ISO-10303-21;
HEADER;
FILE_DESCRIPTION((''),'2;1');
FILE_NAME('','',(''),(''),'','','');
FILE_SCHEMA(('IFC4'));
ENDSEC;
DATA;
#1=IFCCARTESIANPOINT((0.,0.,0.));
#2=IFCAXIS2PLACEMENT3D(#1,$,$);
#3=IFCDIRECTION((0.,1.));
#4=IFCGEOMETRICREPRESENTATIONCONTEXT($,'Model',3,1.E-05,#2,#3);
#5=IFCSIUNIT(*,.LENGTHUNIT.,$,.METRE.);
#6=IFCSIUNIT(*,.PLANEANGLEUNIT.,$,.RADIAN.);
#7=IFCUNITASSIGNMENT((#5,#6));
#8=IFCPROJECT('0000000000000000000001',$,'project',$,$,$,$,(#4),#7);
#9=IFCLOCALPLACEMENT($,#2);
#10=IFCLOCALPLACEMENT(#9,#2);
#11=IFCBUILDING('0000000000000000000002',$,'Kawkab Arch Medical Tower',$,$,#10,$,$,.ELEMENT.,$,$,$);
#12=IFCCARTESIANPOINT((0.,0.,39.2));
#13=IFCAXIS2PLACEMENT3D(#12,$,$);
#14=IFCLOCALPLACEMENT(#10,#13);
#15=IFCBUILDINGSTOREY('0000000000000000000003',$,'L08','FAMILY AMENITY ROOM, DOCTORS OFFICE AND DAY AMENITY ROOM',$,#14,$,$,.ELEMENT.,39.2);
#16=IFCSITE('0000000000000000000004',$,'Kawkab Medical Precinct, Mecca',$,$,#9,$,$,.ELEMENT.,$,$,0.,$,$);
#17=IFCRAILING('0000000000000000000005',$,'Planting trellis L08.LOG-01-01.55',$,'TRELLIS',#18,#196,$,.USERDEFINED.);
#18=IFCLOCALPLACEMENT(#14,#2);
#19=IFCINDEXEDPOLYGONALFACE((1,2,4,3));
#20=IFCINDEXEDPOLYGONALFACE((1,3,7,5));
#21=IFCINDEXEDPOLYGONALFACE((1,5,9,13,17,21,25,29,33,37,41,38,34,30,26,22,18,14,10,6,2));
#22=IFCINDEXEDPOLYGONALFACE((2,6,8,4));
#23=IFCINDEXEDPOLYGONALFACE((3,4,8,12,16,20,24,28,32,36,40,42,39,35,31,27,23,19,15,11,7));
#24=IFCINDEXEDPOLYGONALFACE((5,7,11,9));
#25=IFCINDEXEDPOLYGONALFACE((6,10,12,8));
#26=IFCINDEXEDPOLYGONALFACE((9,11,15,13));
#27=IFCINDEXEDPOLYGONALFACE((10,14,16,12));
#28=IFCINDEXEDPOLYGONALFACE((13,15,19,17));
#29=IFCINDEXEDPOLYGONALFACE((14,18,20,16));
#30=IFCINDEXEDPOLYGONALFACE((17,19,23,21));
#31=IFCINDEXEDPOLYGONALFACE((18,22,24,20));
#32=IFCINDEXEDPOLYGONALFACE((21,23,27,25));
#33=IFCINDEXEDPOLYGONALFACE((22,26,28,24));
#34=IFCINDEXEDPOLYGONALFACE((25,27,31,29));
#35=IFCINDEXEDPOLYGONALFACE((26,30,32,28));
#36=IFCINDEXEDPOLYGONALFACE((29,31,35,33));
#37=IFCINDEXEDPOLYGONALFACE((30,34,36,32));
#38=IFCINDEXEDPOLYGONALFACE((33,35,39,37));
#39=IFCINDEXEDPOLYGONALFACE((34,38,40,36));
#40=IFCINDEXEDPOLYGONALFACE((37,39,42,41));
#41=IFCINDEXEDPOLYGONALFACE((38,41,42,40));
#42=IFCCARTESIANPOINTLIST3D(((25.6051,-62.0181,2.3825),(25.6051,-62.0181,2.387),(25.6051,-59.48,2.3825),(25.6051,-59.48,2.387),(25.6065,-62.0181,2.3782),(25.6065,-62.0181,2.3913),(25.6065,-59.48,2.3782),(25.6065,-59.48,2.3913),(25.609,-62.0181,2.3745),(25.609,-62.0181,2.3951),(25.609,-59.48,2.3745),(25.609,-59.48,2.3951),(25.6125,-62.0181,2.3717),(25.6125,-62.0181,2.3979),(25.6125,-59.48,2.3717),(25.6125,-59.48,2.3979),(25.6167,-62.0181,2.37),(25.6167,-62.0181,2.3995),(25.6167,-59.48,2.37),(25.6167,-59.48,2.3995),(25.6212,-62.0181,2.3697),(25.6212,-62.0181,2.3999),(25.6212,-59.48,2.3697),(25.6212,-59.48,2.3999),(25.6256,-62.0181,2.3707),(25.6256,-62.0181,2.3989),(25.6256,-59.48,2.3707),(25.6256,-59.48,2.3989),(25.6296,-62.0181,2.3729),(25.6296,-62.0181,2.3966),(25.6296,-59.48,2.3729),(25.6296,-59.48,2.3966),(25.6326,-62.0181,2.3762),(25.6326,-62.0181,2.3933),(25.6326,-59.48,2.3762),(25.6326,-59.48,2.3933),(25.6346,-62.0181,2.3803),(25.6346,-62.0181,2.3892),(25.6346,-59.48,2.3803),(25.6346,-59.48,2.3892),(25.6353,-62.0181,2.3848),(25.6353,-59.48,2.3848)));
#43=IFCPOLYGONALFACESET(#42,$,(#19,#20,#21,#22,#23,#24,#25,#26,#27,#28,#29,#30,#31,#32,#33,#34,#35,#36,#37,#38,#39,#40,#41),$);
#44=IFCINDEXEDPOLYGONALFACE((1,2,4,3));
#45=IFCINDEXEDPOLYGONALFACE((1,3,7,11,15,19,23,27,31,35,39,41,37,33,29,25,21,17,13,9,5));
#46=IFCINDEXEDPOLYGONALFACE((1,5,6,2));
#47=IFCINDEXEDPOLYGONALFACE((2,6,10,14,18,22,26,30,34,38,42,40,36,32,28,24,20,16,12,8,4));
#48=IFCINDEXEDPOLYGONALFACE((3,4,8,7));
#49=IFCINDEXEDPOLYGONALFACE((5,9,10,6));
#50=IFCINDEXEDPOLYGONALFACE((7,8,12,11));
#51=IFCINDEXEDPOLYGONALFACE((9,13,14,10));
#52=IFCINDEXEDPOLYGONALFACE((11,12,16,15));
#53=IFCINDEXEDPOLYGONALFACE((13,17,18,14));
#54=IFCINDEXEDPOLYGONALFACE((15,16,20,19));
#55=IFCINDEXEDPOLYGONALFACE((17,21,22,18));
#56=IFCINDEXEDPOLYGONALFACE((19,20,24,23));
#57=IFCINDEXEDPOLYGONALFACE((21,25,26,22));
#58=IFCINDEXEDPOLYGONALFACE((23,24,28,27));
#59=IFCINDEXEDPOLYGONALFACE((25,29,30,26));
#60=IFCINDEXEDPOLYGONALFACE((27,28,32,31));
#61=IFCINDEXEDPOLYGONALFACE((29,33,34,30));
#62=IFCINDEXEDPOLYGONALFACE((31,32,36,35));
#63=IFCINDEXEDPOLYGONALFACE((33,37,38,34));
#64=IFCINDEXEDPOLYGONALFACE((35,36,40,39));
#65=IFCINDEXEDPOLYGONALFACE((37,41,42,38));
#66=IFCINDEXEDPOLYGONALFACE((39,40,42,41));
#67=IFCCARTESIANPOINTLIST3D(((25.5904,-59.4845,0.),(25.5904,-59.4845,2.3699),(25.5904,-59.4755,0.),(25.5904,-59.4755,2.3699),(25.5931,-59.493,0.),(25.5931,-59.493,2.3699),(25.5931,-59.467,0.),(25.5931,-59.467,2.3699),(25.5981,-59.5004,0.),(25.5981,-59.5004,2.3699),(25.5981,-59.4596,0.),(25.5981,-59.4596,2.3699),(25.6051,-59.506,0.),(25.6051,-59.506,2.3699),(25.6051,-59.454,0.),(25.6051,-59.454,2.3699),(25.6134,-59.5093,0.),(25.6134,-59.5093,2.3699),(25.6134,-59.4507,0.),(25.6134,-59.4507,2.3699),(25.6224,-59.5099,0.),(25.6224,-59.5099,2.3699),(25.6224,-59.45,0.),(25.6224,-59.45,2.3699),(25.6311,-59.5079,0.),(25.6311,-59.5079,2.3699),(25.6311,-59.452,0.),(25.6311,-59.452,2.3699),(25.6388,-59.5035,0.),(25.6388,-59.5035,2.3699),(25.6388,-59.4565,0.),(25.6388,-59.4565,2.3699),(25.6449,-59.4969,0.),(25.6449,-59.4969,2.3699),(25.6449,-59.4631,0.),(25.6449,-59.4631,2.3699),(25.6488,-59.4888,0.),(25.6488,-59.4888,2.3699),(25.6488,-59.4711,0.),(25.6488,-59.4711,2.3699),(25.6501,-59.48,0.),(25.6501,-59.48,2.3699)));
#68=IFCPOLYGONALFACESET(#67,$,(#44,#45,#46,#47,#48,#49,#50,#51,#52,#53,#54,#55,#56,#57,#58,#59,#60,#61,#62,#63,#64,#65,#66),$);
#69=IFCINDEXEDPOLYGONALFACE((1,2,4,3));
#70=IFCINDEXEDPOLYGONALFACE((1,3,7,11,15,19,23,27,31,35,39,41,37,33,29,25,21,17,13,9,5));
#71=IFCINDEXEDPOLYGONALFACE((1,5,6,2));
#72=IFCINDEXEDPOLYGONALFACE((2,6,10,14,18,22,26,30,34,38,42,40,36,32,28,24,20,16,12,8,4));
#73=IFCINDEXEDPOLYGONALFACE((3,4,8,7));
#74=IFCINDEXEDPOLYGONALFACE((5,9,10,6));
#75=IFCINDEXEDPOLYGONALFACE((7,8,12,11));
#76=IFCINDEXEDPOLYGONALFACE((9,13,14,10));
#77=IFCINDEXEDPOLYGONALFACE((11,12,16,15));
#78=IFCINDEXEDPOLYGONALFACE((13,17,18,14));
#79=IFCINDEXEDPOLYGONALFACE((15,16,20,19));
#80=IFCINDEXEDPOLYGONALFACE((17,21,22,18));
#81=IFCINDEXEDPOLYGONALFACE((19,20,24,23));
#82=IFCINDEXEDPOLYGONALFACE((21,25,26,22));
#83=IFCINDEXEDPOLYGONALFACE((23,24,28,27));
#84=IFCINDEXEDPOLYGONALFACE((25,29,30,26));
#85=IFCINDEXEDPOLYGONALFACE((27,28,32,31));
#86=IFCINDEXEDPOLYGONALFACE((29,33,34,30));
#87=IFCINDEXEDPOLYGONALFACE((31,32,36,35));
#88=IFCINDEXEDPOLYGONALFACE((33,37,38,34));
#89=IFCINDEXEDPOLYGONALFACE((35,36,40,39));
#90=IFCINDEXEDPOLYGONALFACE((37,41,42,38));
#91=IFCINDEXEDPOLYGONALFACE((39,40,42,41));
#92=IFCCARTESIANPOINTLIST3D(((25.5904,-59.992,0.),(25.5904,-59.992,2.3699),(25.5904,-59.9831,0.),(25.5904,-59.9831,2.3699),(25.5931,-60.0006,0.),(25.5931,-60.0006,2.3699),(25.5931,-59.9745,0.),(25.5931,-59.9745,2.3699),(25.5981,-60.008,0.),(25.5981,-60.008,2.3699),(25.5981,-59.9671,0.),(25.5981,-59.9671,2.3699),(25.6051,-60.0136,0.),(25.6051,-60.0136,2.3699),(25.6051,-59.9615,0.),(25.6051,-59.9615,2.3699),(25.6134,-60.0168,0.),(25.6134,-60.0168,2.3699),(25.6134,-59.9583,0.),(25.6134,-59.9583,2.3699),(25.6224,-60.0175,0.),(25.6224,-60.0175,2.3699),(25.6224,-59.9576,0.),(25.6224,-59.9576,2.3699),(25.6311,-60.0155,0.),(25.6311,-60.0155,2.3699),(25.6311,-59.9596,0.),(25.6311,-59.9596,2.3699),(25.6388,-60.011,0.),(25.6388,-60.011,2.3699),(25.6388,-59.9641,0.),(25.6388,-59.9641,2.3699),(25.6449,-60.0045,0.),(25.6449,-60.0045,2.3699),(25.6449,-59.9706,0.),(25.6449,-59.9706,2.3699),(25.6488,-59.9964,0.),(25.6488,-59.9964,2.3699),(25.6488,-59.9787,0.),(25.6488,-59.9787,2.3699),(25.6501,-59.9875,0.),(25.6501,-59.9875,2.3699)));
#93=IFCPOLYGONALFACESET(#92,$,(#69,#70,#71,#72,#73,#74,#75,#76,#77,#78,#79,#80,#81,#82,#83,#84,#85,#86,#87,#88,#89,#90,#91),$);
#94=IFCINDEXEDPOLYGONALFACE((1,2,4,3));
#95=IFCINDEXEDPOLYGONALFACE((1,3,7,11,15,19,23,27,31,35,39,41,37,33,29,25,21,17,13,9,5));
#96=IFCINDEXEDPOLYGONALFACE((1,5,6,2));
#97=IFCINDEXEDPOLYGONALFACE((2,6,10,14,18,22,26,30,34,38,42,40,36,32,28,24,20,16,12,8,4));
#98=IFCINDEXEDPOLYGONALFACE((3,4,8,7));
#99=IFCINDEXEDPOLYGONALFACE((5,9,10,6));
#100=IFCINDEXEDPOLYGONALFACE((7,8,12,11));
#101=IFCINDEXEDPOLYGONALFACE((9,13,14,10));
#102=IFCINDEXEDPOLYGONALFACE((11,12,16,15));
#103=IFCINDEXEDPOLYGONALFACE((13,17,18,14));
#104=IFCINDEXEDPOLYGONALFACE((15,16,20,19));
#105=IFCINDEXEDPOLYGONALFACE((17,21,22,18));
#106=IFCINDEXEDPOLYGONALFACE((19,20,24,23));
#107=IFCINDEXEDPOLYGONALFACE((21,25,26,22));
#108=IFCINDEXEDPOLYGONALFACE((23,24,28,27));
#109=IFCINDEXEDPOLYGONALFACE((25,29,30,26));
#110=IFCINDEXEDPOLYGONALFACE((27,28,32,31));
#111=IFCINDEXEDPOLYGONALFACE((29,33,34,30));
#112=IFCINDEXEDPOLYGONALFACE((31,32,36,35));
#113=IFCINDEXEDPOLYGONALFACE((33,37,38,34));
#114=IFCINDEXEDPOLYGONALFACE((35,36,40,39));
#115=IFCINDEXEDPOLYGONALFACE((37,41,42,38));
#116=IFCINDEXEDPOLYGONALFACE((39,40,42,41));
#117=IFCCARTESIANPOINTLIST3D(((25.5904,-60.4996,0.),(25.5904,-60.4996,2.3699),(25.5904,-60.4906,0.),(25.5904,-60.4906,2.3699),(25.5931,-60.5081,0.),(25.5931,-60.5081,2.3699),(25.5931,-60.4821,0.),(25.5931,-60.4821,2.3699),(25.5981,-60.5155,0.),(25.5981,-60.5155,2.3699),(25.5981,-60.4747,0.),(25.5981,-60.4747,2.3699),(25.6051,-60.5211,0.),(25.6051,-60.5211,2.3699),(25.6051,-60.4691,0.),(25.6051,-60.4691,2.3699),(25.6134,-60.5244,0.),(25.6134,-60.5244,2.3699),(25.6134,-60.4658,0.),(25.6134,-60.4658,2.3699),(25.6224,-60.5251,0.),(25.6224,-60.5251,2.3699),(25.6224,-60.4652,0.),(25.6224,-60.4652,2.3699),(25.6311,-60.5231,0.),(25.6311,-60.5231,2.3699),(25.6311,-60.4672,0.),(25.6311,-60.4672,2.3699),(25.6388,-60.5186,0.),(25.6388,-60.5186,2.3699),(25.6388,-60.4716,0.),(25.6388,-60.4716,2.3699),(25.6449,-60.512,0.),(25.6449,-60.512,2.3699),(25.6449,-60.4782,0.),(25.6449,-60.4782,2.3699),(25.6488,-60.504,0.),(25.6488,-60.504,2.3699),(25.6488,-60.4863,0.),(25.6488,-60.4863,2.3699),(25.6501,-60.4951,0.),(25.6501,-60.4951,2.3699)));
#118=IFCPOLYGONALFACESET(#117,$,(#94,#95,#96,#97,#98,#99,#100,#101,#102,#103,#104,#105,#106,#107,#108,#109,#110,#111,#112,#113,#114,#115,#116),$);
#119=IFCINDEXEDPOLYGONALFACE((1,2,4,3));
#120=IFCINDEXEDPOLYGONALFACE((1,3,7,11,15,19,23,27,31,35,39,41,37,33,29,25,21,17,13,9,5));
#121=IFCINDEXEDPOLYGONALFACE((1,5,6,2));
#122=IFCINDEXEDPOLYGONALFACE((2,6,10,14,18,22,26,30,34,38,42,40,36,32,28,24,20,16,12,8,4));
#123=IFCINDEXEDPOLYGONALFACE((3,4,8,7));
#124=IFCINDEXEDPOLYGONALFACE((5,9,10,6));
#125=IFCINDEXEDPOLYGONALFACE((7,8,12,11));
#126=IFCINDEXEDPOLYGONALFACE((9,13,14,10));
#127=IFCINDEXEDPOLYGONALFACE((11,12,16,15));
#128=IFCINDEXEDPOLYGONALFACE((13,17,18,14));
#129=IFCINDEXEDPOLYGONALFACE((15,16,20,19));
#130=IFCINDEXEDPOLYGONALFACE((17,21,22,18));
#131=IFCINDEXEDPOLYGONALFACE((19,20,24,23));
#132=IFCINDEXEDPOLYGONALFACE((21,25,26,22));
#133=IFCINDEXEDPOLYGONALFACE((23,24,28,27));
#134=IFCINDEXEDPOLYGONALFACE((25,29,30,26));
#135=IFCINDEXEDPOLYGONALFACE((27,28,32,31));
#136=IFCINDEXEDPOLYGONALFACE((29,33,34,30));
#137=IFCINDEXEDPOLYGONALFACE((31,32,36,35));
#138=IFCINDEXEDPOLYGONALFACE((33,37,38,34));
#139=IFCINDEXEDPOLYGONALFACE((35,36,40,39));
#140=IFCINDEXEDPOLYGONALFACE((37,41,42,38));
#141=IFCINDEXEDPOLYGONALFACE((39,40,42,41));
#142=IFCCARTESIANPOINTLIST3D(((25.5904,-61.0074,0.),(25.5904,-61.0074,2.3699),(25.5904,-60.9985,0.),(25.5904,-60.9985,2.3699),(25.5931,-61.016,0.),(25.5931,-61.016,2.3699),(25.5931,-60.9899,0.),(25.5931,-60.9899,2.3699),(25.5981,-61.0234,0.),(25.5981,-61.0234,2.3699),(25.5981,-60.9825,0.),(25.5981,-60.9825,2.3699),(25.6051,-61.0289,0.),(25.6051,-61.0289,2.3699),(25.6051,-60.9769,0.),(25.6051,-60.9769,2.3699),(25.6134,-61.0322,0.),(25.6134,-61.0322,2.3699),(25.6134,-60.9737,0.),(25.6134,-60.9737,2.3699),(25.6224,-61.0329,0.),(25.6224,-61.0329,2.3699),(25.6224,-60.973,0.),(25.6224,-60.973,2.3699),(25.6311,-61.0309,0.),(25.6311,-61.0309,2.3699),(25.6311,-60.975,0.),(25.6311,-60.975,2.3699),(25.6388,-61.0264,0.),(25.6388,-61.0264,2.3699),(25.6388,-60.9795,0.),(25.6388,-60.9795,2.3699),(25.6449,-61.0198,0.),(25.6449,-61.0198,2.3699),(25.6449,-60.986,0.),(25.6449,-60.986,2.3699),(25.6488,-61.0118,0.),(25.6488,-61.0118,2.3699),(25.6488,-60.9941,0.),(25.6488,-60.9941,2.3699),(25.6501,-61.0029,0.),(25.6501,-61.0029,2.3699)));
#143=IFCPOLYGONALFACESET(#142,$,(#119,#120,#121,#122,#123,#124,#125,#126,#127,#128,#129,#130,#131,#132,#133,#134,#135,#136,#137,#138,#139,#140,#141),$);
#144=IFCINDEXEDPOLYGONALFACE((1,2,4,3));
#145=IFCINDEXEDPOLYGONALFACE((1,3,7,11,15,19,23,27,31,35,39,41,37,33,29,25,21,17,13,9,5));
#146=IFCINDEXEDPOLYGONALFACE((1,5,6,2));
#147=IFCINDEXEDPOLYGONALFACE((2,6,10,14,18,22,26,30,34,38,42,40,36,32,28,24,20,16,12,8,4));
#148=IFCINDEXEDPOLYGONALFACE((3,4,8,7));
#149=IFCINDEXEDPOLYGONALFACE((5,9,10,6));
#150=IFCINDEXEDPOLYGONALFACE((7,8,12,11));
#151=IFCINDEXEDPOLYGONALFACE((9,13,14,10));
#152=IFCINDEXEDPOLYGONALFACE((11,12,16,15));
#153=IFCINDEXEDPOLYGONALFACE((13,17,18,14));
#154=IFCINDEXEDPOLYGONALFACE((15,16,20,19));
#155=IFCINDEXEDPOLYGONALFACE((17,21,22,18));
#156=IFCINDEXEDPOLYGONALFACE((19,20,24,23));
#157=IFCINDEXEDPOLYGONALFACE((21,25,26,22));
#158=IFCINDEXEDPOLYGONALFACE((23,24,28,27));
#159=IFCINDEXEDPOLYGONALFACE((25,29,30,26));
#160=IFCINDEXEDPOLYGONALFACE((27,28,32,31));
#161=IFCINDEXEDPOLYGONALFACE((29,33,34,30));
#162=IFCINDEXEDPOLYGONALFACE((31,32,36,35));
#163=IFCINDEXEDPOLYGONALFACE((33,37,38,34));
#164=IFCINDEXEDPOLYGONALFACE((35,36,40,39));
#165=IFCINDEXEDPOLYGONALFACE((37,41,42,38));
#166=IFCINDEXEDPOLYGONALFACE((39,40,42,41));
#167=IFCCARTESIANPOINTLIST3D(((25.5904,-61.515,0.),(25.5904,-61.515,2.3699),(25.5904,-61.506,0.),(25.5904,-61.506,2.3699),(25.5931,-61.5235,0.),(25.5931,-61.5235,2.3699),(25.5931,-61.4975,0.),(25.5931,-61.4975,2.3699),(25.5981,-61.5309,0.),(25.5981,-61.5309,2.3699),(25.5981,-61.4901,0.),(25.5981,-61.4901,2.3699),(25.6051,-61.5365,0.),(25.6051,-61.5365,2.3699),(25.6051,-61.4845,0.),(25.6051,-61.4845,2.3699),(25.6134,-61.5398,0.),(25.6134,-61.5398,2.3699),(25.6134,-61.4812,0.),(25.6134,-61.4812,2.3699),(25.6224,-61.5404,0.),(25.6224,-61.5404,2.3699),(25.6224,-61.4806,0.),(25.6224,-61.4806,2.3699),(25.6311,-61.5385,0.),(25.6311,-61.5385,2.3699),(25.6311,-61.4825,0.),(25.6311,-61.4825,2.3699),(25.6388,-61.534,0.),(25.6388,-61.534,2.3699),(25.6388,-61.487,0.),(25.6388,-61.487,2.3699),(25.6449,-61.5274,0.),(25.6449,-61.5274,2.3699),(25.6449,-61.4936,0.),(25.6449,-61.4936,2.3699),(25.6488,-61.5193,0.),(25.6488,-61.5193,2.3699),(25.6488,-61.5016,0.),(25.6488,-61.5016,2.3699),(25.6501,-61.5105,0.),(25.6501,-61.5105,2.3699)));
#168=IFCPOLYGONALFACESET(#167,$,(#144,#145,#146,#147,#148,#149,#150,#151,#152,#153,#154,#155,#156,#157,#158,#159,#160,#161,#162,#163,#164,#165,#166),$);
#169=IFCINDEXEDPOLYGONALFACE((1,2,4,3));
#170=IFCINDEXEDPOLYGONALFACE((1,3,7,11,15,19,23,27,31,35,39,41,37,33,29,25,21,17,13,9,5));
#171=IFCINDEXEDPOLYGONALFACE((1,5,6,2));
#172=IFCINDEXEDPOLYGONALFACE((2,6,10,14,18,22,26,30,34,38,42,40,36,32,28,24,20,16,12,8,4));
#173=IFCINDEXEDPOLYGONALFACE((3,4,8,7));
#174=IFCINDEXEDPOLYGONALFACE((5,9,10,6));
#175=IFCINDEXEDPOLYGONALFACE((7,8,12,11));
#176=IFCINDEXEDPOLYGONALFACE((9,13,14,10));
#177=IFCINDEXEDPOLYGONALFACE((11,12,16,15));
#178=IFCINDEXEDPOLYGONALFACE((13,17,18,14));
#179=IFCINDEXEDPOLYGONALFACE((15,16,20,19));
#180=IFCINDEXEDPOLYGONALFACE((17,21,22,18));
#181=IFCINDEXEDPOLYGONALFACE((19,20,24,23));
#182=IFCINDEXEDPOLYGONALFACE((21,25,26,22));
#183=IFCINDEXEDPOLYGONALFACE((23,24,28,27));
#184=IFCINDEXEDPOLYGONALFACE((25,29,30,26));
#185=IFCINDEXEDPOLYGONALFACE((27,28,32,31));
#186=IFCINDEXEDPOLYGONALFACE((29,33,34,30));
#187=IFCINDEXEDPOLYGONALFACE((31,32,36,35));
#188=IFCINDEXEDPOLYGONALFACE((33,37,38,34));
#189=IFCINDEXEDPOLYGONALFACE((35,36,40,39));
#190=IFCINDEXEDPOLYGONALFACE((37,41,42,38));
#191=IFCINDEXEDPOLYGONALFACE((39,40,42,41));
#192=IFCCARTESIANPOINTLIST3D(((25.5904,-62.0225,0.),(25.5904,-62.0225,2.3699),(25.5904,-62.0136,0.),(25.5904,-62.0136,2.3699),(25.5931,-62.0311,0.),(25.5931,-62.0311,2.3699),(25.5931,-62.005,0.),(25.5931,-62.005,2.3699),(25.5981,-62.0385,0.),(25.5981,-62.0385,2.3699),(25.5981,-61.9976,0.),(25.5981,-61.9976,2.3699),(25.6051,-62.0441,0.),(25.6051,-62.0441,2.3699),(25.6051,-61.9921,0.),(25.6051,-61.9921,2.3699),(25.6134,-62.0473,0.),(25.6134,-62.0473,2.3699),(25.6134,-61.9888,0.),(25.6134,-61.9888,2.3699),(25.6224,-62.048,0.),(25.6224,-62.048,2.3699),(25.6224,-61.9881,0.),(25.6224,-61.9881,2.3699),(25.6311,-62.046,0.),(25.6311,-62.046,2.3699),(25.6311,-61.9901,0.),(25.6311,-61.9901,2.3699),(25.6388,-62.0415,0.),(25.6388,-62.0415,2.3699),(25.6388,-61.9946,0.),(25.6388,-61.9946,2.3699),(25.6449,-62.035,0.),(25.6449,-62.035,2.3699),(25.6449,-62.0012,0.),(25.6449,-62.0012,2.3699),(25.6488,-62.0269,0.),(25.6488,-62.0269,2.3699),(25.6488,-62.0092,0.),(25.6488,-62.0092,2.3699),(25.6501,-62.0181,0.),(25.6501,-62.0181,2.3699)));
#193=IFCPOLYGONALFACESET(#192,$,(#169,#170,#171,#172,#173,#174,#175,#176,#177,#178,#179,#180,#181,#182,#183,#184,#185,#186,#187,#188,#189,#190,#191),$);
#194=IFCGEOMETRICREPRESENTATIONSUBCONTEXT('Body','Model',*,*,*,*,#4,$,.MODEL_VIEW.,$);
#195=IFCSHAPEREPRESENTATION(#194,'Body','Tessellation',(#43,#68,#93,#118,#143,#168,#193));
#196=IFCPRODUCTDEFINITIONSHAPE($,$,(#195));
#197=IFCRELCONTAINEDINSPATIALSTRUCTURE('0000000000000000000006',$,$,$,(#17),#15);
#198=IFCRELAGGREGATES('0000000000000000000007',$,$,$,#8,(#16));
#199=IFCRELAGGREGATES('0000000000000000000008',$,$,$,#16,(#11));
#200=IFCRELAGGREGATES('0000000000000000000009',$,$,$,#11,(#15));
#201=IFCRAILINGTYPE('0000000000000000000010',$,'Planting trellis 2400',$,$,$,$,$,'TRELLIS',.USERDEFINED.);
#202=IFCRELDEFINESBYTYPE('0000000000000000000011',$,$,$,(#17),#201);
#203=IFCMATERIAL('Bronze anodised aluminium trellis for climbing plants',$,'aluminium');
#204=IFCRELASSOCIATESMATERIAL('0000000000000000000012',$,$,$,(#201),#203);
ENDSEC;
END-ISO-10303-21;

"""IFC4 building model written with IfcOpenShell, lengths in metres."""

from ifc_helpers import new_model, si_unit, direction, frame, origin, origin_2d, place, context, subcontext, project, spatial, circle, extrude, material, type_object, element, save


model = new_model("IFC4")

# Units and contexts
model_context = context("Model", 3, precision=1e-05, world=origin(), true_north=direction((0.0, 1.0)))
body_context = subcontext(model_context, "Body", "Model", "MODEL_VIEW")
ifc_project = project(units=[si_unit("LENGTHUNIT", "METRE"), si_unit("PLANEANGLEUNIT", "RADIAN")], contexts=[model_context])

# Site, building, storey
site_placement = place(None, origin())
site = spatial("IfcSite", under=ifc_project, at=site_placement, Name="Kawkab Medical Precinct, Mecca", CompositionType="ELEMENT", RefElevation=0.0)
building_placement = place(site_placement, origin())
building = spatial("IfcBuilding", under=site, at=building_placement, Name="Kawkab Arch Medical Tower", CompositionType="ELEMENT")
storey_placement = place(building_placement, frame((0.0, 0.0, 39.2)))
storey = spatial("IfcBuildingStorey", under=building, at=storey_placement, Name="L08", Description="FAMILY AMENITY ROOM, DOCTORS OFFICE AND DAY AMENITY ROOM", CompositionType="ELEMENT", Elevation=39.2)

# Railing
ifc_material_1 = material(Name="Bronze anodised aluminium trellis for climbing plants", Category="aluminium")
railing_type = type_object("IfcRailingType", Name="Planting trellis 2400", ElementType="TRELLIS", PredefinedType="USERDEFINED", material=ifc_material_1)
railing_1_placement = place(storey_placement, frame((25.6201, -59.48, 0.0)))
element("IfcRailing", 1, at=railing_1_placement, inside=storey, type_object=railing_type, Name="Planting trellis L08.LOG-01-01.55", ObjectType="TRELLIS", PredefinedType="USERDEFINED", context=body_context, shape_type="SweptSolid", body=[
    extrude(circle(Radius=0.0151, at=origin_2d()), frame((0.0, 0.0, 2.3848), z_axis=(0.0, -1.0, 0.0), x_axis=(1.0, 0.0, 0.0)), (0.0, 0.0, 1.0), 2.5381),
    extrude(circle(Radius=0.03, at=origin_2d()), origin(), (0.0, 0.0, 1.0), 2.3699),
    extrude(circle(Radius=0.03, at=origin_2d()), frame((0.0, -0.5076, 0.0)), (0.0, 0.0, 1.0), 2.3699),
    extrude(circle(Radius=0.03, at=origin_2d()), frame((0.0, -1.0151, 0.0)), (0.0, 0.0, 1.0), 2.3699),
    extrude(circle(Radius=0.03, at=origin_2d()), frame((0.0, -1.5229, 0.0)), (0.0, 0.0, 1.0), 2.3699),
    extrude(circle(Radius=0.03, at=origin_2d()), frame((0.0, -2.0305, 0.0)), (0.0, 0.0, 1.0), 2.3699),
    extrude(circle(Radius=0.03, at=origin_2d()), frame((0.0, -2.5381, 0.0)), (0.0, 0.0, 1.0), 2.3699),
])

save(model, "model.ifc")
